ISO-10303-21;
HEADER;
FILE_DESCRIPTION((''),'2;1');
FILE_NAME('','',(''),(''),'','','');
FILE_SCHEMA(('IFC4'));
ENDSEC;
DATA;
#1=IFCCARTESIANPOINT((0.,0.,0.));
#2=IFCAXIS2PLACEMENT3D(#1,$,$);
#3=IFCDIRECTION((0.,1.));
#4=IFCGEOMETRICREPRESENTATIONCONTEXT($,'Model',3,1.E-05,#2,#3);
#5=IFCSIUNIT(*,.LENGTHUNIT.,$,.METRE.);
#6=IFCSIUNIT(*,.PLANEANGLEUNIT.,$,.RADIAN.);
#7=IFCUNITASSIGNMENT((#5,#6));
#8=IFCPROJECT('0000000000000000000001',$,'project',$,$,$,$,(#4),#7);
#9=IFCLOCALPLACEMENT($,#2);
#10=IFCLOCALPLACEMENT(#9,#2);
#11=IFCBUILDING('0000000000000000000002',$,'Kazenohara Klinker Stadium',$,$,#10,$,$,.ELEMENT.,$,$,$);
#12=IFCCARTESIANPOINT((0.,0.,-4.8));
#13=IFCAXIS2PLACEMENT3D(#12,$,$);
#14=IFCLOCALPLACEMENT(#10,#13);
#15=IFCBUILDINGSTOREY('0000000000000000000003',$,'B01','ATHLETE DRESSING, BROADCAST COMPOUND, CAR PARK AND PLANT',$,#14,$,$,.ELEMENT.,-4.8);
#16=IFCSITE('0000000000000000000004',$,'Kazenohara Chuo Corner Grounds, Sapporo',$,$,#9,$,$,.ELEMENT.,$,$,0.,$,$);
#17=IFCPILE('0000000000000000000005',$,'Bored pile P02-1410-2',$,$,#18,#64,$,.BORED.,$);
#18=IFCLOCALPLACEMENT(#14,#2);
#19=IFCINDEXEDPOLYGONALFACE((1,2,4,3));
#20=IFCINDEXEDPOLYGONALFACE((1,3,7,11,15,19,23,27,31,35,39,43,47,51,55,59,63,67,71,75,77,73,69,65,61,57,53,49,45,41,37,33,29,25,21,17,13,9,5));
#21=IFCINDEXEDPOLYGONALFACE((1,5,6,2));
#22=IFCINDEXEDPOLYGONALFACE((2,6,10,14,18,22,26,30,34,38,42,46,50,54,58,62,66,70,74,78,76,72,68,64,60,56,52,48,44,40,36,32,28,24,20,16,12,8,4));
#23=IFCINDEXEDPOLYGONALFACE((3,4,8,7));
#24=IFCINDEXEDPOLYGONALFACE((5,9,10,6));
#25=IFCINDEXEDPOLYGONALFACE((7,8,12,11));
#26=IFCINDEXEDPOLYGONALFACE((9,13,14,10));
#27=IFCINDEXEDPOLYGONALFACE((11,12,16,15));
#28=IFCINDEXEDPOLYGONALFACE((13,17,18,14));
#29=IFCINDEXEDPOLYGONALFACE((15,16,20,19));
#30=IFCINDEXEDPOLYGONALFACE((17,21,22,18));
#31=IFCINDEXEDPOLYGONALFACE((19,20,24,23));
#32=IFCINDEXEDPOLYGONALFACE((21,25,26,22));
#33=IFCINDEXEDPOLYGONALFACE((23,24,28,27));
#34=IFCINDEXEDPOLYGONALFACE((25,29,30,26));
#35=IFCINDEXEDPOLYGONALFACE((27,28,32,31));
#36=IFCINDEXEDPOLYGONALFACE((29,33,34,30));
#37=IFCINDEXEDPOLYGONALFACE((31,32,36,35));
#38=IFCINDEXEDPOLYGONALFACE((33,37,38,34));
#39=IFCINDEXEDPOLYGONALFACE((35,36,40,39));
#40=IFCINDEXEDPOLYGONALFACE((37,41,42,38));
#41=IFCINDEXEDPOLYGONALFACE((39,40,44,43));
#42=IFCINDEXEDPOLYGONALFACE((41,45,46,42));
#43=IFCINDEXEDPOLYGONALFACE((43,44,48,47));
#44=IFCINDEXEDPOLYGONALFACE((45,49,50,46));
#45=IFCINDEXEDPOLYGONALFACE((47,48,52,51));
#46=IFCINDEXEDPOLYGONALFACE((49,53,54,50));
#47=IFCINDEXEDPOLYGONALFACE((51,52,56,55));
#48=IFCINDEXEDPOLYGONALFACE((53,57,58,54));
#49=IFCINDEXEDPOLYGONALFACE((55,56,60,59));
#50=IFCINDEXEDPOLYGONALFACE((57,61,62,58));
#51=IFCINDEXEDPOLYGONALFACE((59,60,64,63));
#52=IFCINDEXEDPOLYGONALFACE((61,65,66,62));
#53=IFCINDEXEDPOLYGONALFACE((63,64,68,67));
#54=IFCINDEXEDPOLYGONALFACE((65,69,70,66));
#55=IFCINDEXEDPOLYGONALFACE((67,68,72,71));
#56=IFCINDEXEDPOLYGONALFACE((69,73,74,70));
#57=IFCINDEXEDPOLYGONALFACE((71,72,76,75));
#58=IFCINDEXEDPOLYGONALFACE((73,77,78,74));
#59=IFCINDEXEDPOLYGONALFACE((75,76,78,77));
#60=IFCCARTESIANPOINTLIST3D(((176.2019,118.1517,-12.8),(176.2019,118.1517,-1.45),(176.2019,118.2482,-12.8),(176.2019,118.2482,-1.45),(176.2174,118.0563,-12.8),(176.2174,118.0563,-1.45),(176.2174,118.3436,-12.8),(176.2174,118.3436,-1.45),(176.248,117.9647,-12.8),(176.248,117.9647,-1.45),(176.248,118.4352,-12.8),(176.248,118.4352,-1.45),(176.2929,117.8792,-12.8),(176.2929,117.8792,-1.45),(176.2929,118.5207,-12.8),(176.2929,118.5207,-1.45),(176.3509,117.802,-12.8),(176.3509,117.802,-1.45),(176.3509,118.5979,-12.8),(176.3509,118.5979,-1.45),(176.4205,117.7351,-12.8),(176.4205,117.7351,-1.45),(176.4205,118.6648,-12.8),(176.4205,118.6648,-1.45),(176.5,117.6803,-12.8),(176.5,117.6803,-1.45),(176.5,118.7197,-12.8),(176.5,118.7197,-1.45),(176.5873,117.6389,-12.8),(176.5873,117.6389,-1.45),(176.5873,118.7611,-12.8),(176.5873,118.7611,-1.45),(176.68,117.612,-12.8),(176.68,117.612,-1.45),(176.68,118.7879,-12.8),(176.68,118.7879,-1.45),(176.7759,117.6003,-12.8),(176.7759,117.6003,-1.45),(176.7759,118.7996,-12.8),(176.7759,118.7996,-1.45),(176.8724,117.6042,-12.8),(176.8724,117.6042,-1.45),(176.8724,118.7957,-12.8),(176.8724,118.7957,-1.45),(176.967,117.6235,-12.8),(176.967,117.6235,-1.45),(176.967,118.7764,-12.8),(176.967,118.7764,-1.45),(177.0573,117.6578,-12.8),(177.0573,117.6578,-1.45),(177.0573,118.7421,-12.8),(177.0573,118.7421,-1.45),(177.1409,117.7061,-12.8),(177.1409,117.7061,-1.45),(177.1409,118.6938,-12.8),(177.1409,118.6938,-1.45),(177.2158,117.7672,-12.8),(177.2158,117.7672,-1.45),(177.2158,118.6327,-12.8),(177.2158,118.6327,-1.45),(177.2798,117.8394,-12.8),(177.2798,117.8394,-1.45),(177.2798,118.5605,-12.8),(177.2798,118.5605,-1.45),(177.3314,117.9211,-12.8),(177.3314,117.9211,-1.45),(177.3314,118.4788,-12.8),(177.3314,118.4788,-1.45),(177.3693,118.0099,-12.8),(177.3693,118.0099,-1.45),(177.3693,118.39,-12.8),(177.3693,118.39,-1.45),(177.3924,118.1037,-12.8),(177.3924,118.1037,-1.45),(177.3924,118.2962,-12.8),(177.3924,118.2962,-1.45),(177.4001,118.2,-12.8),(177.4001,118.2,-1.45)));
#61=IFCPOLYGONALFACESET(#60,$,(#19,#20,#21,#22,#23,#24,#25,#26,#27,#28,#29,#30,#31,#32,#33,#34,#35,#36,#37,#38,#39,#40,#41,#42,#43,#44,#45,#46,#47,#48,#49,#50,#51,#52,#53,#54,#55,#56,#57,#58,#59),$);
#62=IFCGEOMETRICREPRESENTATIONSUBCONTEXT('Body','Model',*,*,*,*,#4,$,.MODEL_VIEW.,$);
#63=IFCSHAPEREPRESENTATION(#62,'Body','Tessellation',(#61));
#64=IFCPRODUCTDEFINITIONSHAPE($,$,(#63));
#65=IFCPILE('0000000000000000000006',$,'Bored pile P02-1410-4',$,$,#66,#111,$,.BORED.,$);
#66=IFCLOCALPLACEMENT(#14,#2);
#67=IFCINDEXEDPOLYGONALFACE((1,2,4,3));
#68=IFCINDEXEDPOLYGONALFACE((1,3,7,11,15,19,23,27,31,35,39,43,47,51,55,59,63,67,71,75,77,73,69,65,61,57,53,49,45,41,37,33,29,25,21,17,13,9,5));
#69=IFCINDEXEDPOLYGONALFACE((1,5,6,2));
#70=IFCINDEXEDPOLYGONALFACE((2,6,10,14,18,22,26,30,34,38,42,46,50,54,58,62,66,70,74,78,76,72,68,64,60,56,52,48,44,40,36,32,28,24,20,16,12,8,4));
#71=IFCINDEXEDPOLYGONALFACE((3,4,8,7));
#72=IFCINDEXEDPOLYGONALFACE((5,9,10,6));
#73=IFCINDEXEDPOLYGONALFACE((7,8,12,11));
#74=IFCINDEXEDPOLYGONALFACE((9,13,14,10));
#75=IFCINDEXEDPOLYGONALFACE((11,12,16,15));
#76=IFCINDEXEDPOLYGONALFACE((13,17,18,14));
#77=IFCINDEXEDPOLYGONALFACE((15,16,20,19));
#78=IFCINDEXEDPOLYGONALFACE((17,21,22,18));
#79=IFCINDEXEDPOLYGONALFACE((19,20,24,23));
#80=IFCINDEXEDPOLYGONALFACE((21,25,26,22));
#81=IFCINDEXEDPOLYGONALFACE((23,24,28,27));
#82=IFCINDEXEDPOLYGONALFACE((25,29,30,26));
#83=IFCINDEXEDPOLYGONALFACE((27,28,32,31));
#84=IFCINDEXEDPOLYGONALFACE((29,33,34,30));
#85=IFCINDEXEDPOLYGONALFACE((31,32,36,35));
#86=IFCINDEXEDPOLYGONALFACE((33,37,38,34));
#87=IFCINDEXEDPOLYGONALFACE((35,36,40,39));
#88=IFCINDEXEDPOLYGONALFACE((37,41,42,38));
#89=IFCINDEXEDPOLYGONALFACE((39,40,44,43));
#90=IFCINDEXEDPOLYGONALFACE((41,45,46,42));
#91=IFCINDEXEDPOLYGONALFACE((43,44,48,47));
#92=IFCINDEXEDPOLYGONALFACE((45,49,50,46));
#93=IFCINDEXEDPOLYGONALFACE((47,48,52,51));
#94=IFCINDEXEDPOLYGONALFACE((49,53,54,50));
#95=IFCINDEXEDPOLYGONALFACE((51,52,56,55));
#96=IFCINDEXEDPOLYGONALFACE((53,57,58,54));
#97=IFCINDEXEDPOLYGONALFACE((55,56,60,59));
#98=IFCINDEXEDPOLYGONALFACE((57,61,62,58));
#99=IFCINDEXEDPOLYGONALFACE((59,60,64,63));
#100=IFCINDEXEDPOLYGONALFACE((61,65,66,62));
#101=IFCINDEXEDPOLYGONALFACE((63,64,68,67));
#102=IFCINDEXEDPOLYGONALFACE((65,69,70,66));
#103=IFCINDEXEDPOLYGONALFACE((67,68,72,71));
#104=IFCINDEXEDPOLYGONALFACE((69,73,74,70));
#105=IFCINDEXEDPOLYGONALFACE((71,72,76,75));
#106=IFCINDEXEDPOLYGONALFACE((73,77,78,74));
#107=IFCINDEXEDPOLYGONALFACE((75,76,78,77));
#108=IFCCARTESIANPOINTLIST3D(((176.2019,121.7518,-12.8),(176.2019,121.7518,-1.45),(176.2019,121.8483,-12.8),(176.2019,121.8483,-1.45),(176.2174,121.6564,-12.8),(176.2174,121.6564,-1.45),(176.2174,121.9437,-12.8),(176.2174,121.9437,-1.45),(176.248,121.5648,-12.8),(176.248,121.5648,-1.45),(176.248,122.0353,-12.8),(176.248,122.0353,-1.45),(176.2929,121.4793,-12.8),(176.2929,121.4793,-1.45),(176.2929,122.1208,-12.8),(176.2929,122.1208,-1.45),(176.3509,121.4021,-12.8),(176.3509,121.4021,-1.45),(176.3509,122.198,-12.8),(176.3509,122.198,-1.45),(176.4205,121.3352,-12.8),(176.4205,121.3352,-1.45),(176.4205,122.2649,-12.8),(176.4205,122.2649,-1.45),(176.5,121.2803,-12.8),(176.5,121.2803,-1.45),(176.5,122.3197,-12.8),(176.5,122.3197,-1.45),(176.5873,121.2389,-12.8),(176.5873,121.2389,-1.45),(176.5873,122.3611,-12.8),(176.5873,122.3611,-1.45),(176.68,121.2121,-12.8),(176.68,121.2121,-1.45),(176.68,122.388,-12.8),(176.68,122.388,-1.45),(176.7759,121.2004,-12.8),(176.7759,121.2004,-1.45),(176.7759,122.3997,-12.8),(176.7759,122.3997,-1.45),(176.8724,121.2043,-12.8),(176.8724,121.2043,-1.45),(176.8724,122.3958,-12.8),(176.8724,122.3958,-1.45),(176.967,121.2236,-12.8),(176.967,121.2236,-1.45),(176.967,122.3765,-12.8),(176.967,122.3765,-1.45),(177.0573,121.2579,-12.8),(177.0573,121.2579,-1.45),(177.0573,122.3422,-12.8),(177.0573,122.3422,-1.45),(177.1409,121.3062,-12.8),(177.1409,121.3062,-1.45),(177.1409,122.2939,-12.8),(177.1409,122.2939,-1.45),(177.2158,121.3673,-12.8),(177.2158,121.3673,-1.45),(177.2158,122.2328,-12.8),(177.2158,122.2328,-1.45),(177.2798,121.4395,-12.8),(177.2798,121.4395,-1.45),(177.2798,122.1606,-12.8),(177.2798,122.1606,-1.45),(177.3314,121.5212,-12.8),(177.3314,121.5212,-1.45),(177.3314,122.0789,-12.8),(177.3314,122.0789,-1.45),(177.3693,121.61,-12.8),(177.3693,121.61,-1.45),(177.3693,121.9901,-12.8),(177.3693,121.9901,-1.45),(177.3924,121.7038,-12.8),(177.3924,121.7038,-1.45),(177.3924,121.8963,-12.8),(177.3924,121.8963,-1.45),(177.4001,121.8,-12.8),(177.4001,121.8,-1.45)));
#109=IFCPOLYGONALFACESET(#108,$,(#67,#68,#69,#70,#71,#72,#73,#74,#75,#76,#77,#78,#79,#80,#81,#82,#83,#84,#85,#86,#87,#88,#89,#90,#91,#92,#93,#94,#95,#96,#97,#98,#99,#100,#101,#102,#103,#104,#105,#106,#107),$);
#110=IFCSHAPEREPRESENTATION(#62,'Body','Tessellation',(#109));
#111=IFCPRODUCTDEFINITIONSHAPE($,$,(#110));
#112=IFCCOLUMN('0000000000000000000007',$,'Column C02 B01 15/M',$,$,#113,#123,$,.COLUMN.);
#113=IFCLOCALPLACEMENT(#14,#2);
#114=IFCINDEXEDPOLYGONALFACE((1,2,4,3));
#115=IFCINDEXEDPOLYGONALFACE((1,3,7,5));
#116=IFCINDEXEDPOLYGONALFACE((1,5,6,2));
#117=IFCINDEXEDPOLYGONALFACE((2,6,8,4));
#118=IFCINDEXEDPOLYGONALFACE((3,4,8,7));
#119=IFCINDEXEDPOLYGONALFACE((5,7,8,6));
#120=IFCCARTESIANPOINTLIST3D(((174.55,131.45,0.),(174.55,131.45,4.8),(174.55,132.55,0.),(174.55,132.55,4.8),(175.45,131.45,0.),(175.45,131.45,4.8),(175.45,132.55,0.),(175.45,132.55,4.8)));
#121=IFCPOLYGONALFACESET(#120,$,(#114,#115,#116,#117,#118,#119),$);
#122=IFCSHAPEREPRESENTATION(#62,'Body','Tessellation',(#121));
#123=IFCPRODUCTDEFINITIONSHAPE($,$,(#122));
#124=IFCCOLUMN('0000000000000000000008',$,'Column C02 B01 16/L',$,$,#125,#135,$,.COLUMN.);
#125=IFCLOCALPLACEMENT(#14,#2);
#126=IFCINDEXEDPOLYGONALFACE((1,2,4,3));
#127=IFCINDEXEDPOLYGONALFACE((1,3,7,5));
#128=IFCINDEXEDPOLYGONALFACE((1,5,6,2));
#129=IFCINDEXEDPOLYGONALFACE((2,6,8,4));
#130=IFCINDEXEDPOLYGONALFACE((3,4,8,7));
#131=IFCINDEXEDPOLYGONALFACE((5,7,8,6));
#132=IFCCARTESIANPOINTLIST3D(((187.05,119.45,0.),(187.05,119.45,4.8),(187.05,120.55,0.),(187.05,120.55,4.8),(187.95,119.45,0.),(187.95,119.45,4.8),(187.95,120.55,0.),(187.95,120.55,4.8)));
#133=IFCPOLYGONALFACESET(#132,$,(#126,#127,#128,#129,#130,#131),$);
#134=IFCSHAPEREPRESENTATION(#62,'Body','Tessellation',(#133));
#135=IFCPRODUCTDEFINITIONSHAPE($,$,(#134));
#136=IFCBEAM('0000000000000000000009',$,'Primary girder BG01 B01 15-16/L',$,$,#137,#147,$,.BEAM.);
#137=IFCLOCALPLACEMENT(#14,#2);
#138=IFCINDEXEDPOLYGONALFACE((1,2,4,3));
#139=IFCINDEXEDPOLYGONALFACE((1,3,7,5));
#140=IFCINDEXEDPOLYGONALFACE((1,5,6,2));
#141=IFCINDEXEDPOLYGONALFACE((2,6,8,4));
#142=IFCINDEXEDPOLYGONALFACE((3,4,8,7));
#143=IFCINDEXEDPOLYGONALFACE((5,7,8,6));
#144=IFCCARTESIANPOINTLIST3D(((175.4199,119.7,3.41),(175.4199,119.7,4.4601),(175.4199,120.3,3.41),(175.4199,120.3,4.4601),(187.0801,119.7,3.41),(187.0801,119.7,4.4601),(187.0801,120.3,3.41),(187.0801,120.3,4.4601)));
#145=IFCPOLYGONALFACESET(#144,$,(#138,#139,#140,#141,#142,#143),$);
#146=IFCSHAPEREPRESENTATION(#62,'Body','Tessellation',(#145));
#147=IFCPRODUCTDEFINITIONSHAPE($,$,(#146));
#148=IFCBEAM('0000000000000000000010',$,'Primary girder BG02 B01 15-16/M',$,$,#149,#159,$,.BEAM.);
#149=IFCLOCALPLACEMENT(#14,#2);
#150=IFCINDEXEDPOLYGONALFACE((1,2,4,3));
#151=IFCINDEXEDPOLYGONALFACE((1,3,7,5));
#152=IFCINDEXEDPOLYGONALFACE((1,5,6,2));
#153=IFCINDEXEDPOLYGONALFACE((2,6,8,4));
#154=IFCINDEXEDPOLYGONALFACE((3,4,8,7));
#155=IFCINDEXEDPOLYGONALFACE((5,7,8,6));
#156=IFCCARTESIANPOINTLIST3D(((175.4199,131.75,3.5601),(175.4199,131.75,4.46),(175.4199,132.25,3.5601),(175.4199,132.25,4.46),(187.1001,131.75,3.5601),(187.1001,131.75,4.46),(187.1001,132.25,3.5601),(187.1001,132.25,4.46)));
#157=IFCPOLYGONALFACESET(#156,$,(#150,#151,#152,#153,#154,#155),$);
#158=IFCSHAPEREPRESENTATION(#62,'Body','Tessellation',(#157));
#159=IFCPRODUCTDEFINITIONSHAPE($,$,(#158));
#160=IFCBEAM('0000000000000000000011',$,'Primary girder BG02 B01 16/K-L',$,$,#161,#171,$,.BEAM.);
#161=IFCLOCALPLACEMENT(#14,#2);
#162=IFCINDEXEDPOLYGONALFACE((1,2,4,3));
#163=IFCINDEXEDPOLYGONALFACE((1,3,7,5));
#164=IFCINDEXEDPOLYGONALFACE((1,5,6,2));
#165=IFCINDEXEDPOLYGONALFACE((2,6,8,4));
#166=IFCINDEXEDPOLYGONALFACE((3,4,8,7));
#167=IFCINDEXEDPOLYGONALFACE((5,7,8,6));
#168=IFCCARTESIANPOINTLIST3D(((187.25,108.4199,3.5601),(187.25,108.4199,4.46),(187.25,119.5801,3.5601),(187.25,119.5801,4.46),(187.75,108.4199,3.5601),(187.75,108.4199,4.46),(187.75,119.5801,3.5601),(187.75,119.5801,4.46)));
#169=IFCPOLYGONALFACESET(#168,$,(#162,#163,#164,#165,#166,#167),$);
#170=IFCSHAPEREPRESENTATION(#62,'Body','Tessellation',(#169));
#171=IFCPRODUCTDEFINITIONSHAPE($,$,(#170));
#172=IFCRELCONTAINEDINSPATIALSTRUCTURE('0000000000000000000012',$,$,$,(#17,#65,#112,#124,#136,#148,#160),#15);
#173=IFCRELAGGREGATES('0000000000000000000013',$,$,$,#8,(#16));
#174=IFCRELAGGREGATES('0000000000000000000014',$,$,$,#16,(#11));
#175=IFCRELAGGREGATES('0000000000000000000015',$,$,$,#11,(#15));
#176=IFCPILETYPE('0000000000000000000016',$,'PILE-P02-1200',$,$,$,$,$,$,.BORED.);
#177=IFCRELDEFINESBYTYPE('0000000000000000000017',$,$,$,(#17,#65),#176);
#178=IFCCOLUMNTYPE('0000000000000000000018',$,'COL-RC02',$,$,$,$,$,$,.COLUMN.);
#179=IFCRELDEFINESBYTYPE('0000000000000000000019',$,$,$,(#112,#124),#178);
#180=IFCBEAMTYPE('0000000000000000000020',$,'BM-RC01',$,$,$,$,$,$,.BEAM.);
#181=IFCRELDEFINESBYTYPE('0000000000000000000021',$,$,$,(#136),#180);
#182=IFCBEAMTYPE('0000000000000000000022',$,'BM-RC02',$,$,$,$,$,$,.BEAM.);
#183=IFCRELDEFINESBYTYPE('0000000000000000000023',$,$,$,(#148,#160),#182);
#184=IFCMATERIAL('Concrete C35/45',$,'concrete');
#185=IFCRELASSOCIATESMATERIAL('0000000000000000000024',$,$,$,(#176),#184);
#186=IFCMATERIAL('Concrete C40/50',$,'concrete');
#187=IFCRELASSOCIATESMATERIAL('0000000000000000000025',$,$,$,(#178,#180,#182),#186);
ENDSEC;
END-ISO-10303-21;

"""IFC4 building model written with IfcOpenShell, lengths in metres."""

from ifc_helpers import new_model, si_unit, direction, frame, origin, origin_2d, place, context, subcontext, project, spatial, rectangle, circle, extrude, material, material_profile, profile_set, type_object, element, save


model = new_model("IFC4")

# Units and contexts
model_context = context("Model", 3, precision=1e-05, world=origin(), true_north=direction((0.0, 1.0)))
body_context = subcontext(model_context, "Body", "Model", "MODEL_VIEW")
ifc_project = project(units=[si_unit("LENGTHUNIT", "METRE"), si_unit("PLANEANGLEUNIT", "RADIAN")], contexts=[model_context])

# Site, building, storey
site_placement = place(None, origin())
site = spatial("IfcSite", under=ifc_project, at=site_placement, Name="Kazenohara Chuo Corner Grounds, Sapporo", CompositionType="ELEMENT", RefElevation=0.0)
building_placement = place(site_placement, origin())
building = spatial("IfcBuilding", under=site, at=building_placement, Name="Kazenohara Klinker Stadium", CompositionType="ELEMENT")
storey_placement = place(building_placement, frame((0.0, 0.0, -4.8)))
storey = spatial("IfcBuildingStorey", under=building, at=storey_placement, Name="B01", Description="ATHLETE DRESSING, BROADCAST COMPOUND, CAR PARK AND PLANT", CompositionType="ELEMENT", Elevation=-4.8)

# Shared definitions
ifc_material_1 = material(Name="Concrete C35/45", Category="concrete")

# Piles
ifc_material_profile_1 = material_profile(ifc_material_1, circle(Radius=0.6001, at=origin_2d()), Name="BORED-PILE-1200")
ifc_profile_set_1 = profile_set([ifc_material_profile_1], Name="Concrete C35/45")
pile_type_1 = type_object("IfcPileType", Name="PILE-P02-1200", PredefinedType="BORED", material=ifc_profile_set_1)
for number, where, z_axis, x_axis, name in (
    (1, (176.8, 118.2, -1.45), (0.0, 0.0, -1.0), (1.0, 0.0, 0.0), "Bored pile P02-1410-2"),
    (2, (176.8, 121.8, -1.45), (0.0, 0.0, -1.0), (1.0, 0.0, 0.0), "Bored pile P02-1410-4"),
):
    element("IfcPile", number, at=place(storey_placement, frame(where, z_axis=z_axis, x_axis=x_axis)), inside=storey, type_object=pile_type_1, Name=name, PredefinedType="BORED", context=body_context, shape_type="SweptSolid", body=[
        extrude(circle(Radius=0.6001, at=origin_2d()), origin(), (0.0, 0.0, 1.0), 11.3501),
    ])

# Columns
ifc_material_2 = material(Name="Concrete C40/50", Category="concrete")
ifc_material_profile_2 = material_profile(ifc_material_2, rectangle(XDim=0.8999, YDim=1.1001, at=origin_2d()), Name="RC-COL-1100x900")
ifc_profile_set_2 = profile_set([ifc_material_profile_2], Name="Concrete C40/50")
column_type = type_object("IfcColumnType", Name="COL-RC02", PredefinedType="COLUMN", material=ifc_profile_set_2)
for number, where, z_axis, x_axis, name in (
    (3, (175.0, 132.0, 0.0), (0.0, 0.0, 1.0), (1.0, 0.0, 0.0), "Column C02 B01 15/M"),
    (4, (187.5, 120.0, 0.0), (0.0, 0.0, 1.0), (1.0, 0.0, 0.0), "Column C02 B01 16/L"),
):
    element("IfcColumn", number, at=place(storey_placement, frame(where, z_axis=z_axis, x_axis=x_axis)), inside=storey, type_object=column_type, Name=name, PredefinedType="COLUMN", context=body_context, shape_type="SweptSolid", body=[
        extrude(rectangle(XDim=0.8999, YDim=1.1001, at=origin_2d()), origin(), (0.0, 0.0, 1.0), 4.8),
    ])

# Beams
ifc_material_profile_3 = material_profile(ifc_material_2, rectangle(XDim=0.6001, YDim=1.05, at=origin_2d()), Name="RC-BM-600x1050")
ifc_profile_set_3 = profile_set([ifc_material_profile_3], Name="Concrete C40/50")
beam_type_1 = type_object("IfcBeamType", Name="BM-RC01", PredefinedType="BEAM", material=ifc_profile_set_3)
beam_1_placement = place(storey_placement, frame((175.4199, 120.0, 3.9351), z_axis=(1.0, 0.0, 0.0), x_axis=(0.0, 1.0, 0.0)))
element("IfcBeam", 5, at=beam_1_placement, inside=storey, type_object=beam_type_1, Name="Primary girder BG01 B01 15-16/L", PredefinedType="BEAM", context=body_context, shape_type="SweptSolid", body=[
    extrude(rectangle(XDim=0.6001, YDim=1.05, at=origin_2d()), origin(), (0.0, 0.0, 1.0), 11.6602),
])
ifc_material_profile_4 = material_profile(ifc_material_2, rectangle(XDim=0.5, YDim=0.8999, at=origin_2d()), Name="RC-BM-500x900")
ifc_profile_set_4 = profile_set([ifc_material_profile_4], Name="Concrete C40/50")
beam_type_2 = type_object("IfcBeamType", Name="BM-RC02", PredefinedType="BEAM", material=ifc_profile_set_4)
beam_2_placement = place(storey_placement, frame((175.4199, 132.0, 4.01), z_axis=(1.0, 0.0, 0.0), x_axis=(0.0, 1.0, 0.0)))
element("IfcBeam", 6, at=beam_2_placement, inside=storey, type_object=beam_type_2, Name="Primary girder BG02 B01 15-16/M", PredefinedType="BEAM", context=body_context, shape_type="SweptSolid", body=[
    extrude(rectangle(XDim=0.5, YDim=0.8999, at=origin_2d()), origin(), (0.0, 0.0, 1.0), 11.6802),
])
beam_3_placement = place(storey_placement, frame((187.5, 108.4199, 4.01), z_axis=(0.0, 1.0, 0.0), x_axis=(-1.0, 0.0, 0.0)))
element("IfcBeam", 7, at=beam_3_placement, inside=storey, type_object=beam_type_2, Name="Primary girder BG02 B01 16/K-L", PredefinedType="BEAM", context=body_context, shape_type="SweptSolid", body=[
    extrude(rectangle(XDim=0.5, YDim=0.8999, at=origin_2d()), origin(), (0.0, 0.0, 1.0), 11.1602),
])

save(model, "model.ifc")
